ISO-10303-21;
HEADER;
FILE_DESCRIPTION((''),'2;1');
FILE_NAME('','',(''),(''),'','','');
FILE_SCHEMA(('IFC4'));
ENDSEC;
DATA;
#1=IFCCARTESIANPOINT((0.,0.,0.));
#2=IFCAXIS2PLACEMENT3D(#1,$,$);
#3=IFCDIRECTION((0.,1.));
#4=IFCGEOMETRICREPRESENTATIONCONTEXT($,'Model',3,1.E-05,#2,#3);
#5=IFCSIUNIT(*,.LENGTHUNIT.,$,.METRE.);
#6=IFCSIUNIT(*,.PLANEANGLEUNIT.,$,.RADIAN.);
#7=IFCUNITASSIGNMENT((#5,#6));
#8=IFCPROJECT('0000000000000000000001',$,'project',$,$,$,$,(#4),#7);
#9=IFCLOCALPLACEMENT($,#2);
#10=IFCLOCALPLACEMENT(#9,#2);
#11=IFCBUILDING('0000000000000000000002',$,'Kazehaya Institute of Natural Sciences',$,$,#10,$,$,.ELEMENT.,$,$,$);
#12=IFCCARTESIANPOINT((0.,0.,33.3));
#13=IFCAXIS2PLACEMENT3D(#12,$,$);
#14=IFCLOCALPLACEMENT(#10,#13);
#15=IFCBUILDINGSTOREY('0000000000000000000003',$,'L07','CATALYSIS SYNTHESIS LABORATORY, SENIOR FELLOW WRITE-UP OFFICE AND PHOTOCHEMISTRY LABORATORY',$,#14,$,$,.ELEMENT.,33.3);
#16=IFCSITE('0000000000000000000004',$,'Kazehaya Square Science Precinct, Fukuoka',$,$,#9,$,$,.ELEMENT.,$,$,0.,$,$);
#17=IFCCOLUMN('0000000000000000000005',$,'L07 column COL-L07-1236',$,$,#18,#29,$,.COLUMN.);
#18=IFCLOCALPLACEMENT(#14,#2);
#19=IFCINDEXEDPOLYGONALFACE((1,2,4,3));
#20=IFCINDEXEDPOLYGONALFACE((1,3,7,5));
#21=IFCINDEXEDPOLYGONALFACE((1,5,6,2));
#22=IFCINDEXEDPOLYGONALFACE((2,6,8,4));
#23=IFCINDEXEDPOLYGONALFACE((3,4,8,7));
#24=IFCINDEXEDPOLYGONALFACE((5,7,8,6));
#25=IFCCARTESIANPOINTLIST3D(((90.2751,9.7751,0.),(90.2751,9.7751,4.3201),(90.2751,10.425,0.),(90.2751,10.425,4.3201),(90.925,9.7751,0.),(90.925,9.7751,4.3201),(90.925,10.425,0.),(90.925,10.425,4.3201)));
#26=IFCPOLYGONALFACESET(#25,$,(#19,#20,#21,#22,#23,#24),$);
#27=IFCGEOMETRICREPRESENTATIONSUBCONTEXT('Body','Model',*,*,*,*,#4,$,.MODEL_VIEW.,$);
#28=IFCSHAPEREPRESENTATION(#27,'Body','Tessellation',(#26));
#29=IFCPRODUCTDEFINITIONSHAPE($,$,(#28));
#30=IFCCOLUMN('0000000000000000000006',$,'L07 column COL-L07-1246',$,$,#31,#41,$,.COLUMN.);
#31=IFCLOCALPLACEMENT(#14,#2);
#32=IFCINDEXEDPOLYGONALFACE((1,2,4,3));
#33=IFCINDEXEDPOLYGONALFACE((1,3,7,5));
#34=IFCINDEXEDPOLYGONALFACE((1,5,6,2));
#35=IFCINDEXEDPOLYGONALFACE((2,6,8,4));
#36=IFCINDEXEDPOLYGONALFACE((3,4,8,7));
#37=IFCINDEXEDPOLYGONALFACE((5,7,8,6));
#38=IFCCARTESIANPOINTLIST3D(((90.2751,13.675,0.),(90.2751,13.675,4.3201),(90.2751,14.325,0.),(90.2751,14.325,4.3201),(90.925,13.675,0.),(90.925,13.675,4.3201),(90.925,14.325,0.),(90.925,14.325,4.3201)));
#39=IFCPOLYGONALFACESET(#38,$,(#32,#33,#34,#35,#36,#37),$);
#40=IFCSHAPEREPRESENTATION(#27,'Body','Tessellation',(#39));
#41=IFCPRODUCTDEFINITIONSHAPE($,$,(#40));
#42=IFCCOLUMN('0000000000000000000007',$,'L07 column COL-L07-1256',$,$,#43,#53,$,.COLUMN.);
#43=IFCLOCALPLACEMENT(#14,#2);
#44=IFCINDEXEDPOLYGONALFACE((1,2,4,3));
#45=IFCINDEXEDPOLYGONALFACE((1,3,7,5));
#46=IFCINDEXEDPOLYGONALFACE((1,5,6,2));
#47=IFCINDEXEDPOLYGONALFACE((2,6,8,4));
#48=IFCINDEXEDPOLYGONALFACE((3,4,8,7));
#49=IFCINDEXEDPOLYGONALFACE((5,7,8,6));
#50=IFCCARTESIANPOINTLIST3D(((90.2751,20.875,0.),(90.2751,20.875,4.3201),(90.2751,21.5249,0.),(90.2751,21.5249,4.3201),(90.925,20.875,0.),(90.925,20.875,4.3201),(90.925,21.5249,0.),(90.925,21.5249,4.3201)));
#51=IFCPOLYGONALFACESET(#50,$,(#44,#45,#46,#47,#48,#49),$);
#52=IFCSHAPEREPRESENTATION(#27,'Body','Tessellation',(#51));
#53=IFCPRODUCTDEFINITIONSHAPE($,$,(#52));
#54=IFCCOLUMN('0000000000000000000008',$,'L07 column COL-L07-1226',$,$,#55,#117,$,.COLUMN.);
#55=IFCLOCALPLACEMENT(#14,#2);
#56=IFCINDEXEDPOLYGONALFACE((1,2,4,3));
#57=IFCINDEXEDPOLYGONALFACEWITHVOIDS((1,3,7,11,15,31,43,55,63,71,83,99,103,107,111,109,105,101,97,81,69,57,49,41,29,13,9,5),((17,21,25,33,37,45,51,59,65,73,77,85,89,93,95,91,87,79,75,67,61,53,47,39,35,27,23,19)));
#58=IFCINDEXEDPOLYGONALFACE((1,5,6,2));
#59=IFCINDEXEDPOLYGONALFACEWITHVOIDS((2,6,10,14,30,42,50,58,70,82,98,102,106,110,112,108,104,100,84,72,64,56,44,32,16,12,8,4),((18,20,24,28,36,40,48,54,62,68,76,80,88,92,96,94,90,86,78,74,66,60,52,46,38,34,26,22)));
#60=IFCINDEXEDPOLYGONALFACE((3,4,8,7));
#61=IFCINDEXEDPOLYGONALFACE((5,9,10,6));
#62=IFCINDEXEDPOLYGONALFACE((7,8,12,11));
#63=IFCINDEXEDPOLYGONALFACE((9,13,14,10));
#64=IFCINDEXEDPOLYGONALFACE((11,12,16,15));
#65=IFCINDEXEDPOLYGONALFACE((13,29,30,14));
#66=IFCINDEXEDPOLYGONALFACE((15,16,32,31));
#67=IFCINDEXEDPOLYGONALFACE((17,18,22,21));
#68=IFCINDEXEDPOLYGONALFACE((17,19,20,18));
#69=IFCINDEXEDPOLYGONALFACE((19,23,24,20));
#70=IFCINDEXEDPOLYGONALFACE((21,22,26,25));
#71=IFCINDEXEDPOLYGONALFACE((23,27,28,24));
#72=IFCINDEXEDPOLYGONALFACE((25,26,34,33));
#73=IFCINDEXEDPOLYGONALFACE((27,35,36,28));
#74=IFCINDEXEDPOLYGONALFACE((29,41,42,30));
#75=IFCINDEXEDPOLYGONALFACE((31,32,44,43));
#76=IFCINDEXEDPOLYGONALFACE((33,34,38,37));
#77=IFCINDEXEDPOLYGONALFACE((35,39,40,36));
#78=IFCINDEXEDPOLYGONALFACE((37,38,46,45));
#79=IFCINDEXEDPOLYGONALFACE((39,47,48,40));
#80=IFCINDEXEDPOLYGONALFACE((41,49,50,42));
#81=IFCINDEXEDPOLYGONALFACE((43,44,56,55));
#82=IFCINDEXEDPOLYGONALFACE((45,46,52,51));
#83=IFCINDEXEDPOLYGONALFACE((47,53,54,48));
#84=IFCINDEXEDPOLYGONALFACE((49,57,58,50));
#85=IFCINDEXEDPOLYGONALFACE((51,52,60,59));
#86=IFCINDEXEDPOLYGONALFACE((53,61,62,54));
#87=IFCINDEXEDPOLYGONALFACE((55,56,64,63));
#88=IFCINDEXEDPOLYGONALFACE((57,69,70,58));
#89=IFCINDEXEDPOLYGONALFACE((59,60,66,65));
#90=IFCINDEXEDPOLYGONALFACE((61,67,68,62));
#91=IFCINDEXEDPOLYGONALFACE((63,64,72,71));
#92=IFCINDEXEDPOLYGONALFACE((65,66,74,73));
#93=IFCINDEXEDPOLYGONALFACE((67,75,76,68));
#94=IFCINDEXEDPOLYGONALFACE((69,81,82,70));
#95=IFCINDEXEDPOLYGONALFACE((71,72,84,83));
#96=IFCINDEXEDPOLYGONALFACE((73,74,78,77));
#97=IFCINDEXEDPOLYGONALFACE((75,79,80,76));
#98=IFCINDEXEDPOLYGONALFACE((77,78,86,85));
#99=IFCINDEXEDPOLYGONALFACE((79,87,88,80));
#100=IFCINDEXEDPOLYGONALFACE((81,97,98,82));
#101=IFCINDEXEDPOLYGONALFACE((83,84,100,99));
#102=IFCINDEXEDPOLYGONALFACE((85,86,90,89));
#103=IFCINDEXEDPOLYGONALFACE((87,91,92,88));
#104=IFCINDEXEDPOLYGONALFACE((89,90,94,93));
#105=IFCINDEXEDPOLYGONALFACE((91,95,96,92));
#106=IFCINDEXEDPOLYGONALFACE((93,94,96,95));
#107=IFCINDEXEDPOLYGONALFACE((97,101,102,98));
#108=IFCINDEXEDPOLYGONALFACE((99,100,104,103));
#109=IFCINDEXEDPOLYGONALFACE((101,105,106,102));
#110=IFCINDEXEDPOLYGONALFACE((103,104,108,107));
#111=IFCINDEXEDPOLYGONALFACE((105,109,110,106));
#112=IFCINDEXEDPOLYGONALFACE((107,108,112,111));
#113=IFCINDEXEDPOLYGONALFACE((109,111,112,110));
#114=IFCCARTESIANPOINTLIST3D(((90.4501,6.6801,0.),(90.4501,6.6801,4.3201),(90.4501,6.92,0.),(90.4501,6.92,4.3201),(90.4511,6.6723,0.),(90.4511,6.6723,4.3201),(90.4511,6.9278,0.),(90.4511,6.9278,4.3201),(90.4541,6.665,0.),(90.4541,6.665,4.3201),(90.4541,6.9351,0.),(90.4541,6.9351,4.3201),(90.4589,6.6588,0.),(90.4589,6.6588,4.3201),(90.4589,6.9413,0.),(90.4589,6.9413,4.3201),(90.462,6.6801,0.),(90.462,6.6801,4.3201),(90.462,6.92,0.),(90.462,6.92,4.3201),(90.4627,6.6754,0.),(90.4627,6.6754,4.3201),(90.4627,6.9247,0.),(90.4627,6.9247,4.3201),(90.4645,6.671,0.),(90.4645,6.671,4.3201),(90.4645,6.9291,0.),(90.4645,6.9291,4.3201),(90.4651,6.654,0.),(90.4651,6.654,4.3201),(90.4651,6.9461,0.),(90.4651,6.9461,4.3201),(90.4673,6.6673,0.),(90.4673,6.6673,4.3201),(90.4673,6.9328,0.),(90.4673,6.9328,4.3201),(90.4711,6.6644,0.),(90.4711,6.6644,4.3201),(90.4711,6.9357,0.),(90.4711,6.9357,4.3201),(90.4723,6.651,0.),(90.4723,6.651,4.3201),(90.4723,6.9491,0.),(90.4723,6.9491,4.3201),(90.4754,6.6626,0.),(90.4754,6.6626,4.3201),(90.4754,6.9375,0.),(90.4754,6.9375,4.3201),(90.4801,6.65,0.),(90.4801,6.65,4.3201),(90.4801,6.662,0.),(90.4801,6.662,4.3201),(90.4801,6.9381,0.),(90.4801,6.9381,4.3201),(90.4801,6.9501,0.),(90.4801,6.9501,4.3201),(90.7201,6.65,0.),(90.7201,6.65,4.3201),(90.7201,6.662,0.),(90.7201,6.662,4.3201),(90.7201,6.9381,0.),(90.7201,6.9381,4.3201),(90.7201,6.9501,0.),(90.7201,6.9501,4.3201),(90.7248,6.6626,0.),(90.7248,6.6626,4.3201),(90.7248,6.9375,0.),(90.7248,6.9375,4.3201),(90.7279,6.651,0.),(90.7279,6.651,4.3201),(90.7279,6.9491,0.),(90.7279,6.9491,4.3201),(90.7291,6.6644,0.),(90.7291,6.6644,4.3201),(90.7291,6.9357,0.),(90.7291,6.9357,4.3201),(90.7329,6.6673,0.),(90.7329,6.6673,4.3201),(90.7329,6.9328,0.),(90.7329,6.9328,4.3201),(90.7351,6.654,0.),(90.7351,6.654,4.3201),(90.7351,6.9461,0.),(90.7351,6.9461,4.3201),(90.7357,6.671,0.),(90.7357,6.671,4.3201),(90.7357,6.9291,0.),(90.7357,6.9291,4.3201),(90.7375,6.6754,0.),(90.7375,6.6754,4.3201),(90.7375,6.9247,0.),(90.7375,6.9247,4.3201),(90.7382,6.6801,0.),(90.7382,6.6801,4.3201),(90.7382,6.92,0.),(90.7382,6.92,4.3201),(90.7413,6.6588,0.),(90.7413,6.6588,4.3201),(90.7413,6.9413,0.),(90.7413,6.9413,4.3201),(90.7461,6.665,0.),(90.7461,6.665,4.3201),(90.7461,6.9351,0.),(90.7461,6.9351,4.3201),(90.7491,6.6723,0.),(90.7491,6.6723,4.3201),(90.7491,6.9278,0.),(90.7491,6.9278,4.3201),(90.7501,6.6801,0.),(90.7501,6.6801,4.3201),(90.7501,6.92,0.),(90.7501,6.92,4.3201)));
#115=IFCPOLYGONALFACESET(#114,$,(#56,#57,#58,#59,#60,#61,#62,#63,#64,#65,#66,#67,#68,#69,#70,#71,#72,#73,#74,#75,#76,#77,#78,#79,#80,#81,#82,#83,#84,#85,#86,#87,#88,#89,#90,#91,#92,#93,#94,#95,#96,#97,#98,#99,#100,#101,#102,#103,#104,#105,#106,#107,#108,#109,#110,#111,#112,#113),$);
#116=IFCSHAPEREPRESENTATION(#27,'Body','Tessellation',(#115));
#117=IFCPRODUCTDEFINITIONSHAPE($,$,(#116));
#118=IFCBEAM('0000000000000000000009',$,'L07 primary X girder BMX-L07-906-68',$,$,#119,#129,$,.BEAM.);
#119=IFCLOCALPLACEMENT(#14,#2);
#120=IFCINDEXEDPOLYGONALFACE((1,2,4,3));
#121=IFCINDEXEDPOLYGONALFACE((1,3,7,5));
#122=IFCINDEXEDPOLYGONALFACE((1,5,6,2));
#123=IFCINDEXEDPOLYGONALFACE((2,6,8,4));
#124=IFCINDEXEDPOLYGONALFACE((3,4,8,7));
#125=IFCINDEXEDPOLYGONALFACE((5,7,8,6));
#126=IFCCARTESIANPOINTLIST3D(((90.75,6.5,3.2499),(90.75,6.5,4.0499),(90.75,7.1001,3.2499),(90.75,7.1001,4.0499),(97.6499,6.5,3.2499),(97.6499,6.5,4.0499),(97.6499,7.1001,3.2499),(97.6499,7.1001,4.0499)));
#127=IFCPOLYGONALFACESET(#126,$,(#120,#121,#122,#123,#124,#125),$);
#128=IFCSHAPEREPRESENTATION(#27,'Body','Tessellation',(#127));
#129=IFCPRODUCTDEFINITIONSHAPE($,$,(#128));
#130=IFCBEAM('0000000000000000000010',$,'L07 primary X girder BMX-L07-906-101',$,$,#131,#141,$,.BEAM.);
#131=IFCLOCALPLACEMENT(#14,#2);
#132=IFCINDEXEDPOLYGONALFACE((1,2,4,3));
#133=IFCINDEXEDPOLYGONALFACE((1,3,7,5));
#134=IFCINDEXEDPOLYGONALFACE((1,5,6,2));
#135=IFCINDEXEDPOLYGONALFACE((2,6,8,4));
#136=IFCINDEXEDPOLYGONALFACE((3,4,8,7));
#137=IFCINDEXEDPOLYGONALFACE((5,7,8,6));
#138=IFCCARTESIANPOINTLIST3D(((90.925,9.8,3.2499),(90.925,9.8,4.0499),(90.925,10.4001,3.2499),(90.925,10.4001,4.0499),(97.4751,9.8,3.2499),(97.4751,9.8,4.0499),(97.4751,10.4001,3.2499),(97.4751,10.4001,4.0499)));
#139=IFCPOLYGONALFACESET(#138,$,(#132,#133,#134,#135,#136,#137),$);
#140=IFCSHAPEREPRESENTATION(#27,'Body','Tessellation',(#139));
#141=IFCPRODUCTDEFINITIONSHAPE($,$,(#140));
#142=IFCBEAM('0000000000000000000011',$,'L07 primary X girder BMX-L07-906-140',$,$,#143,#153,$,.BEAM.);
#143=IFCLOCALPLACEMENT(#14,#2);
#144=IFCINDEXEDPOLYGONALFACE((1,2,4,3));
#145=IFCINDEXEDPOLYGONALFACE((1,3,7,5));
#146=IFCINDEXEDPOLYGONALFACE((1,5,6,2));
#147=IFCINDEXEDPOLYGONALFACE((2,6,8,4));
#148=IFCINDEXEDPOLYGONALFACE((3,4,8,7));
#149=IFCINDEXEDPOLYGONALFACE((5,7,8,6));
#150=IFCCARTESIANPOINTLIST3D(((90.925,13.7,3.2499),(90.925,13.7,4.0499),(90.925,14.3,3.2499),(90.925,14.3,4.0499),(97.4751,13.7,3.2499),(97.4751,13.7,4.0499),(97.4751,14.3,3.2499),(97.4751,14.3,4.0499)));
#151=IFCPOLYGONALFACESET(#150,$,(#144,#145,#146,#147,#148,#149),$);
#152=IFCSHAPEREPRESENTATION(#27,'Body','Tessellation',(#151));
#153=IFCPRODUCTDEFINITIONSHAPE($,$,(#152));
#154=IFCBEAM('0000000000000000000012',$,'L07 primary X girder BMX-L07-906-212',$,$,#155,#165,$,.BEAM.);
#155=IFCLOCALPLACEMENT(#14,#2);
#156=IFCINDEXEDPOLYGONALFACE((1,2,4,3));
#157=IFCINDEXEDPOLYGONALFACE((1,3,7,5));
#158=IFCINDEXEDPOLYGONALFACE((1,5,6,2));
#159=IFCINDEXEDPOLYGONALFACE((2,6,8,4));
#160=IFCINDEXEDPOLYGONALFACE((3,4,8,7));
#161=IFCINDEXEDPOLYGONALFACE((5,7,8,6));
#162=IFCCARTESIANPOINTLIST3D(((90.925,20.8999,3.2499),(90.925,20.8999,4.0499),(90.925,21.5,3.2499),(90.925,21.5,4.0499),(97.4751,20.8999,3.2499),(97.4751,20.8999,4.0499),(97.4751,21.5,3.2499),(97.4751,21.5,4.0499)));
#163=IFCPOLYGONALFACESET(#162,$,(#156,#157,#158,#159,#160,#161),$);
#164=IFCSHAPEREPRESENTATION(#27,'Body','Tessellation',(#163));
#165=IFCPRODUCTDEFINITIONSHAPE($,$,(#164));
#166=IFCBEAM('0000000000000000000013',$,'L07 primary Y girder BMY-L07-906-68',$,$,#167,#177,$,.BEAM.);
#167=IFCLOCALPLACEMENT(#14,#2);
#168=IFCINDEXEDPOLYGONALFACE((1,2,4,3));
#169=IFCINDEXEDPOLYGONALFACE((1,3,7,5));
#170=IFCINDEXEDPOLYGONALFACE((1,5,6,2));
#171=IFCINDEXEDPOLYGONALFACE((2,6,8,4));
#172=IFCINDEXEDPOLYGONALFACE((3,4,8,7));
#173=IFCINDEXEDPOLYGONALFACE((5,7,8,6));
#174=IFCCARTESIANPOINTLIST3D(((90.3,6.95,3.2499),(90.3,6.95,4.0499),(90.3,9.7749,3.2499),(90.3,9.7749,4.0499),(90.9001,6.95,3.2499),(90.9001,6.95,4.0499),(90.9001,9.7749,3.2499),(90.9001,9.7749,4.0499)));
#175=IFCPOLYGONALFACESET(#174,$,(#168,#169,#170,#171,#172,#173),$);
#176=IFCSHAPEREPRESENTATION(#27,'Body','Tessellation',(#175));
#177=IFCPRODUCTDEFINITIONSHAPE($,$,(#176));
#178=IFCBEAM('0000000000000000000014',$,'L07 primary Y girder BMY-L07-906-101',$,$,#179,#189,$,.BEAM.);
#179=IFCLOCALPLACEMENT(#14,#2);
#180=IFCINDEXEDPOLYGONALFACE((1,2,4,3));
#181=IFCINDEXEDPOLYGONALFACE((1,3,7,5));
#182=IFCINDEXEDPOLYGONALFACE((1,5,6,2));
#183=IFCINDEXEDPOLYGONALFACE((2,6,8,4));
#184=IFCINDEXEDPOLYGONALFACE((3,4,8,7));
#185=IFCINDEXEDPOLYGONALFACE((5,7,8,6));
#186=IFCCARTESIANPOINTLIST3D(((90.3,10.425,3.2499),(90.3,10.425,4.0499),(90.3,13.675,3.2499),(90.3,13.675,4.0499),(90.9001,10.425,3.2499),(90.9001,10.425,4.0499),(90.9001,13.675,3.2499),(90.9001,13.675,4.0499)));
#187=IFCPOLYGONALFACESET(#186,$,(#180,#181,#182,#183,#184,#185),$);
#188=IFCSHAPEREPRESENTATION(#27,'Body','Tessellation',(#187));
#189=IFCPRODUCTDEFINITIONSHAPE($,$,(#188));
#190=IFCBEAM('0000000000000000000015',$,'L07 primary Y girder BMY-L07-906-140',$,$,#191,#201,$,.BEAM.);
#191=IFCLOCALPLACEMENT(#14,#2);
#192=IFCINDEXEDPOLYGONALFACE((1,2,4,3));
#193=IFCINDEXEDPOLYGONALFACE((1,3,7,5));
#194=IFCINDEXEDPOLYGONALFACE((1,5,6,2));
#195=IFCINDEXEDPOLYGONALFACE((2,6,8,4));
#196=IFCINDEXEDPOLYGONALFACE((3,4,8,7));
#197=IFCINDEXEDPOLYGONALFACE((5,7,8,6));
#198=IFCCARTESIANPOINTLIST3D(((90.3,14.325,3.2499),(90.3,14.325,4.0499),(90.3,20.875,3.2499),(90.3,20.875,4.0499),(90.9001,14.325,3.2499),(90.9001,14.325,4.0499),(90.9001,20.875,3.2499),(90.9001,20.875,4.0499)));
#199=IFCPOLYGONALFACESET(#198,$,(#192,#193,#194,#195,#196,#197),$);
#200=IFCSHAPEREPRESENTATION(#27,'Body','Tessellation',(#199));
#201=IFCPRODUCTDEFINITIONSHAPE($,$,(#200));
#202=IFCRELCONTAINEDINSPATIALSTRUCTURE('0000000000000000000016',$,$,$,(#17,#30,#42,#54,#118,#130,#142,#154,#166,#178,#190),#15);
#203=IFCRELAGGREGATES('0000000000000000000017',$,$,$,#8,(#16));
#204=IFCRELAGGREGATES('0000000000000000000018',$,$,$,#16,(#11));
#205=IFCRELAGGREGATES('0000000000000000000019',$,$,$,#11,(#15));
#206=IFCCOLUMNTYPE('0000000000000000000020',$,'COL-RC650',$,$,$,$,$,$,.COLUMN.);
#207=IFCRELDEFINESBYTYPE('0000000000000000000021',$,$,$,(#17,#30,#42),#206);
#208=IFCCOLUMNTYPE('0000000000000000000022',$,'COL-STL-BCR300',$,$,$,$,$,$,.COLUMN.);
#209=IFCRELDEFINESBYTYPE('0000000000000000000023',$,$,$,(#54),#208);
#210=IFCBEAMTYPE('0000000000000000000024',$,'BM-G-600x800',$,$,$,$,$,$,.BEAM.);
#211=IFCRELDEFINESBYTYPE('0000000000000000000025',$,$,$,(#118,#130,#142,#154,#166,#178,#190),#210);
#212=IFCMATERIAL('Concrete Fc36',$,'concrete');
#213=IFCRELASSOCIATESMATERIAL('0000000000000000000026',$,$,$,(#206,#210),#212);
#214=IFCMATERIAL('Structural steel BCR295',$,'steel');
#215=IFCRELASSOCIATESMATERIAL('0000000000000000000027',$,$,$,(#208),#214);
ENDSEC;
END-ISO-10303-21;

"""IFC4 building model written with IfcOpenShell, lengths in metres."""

from ifc_helpers import new_model, si_unit, direction, frame, origin, origin_2d, place, context, subcontext, project, spatial, rectangle, hollow_rectangle, extrude, material, material_profile, profile_set, type_object, element, save


model = new_model("IFC4")

# Units and contexts
model_context = context("Model", 3, precision=1e-05, world=origin(), true_north=direction((0.0, 1.0)))
body_context = subcontext(model_context, "Body", "Model", "MODEL_VIEW")
ifc_project = project(units=[si_unit("LENGTHUNIT", "METRE"), si_unit("PLANEANGLEUNIT", "RADIAN")], contexts=[model_context])

# Site, building, storey
site_placement = place(None, origin())
site = spatial("IfcSite", under=ifc_project, at=site_placement, Name="Kazehaya Square Science Precinct, Fukuoka", CompositionType="ELEMENT", RefElevation=0.0)
building_placement = place(site_placement, origin())
building = spatial("IfcBuilding", under=site, at=building_placement, Name="Kazehaya Institute of Natural Sciences", CompositionType="ELEMENT")
storey_placement = place(building_placement, frame((0.0, 0.0, 33.3)))
storey = spatial("IfcBuildingStorey", under=building, at=storey_placement, Name="L07", Description="CATALYSIS SYNTHESIS LABORATORY, SENIOR FELLOW WRITE-UP OFFICE AND PHOTOCHEMISTRY LABORATORY", CompositionType="ELEMENT", Elevation=33.3)

# Columns
ifc_material_1 = material(Name="Concrete Fc36", Category="concrete")
ifc_material_profile_1 = material_profile(ifc_material_1, rectangle(XDim=0.6499, YDim=0.6499, at=origin_2d()), Name="RC-650x650")
ifc_profile_set_1 = profile_set([ifc_material_profile_1], Name="Concrete Fc36")
column_type_1 = type_object("IfcColumnType", Name="COL-RC650", PredefinedType="COLUMN", material=ifc_profile_set_1)
for number, where, z_axis, x_axis, name in (
    (1, (90.6001, 10.1001, 0.0), (0.0, 0.0, 1.0), (1.0, 0.0, 0.0), "L07 column COL-L07-1236"),
    (2, (90.6001, 14.0, 0.0), (0.0, 0.0, 1.0), (1.0, 0.0, 0.0), "L07 column COL-L07-1246"),
    (3, (90.6001, 21.2, 0.0), (0.0, 0.0, 1.0), (1.0, 0.0, 0.0), "L07 column COL-L07-1256"),
):
    element("IfcColumn", number, at=place(storey_placement, frame(where, z_axis=z_axis, x_axis=x_axis)), inside=storey, type_object=column_type_1, Name=name, PredefinedType="COLUMN", context=body_context, shape_type="SweptSolid", body=[
        extrude(rectangle(XDim=0.6499, YDim=0.6499, at=origin_2d()), origin(), (0.0, 0.0, 1.0), 4.3201),
    ])
ifc_material_2 = material(Name="Structural steel BCR295", Category="steel")
ifc_material_profile_2 = material_profile(ifc_material_2, hollow_rectangle(XDim=0.3, YDim=0.3, WallThickness=0.012, InnerFilletRadius=0.0181, OuterFilletRadius=0.03, at=origin_2d()), Name="BCR-300x300x12")
ifc_profile_set_2 = profile_set([ifc_material_profile_2], Name="Structural steel BCR295")
column_type_2 = type_object("IfcColumnType", Name="COL-STL-BCR300", PredefinedType="COLUMN", material=ifc_profile_set_2)
column_placement = place(storey_placement, frame((90.6001, 6.8, 0.0), z_axis=(0.0, 0.0, 1.0), x_axis=(1.0, 0.0, 0.0)))
element("IfcColumn", 4, at=column_placement, inside=storey, type_object=column_type_2, Name="L07 column COL-L07-1226", PredefinedType="COLUMN", context=body_context, shape_type="SweptSolid", body=[
    extrude(hollow_rectangle(XDim=0.3, YDim=0.3, WallThickness=0.012, InnerFilletRadius=0.0181, OuterFilletRadius=0.03, at=origin_2d()), origin(), (0.0, 0.0, 1.0), 4.3201),
])

# Beams
ifc_material_profile_3 = material_profile(ifc_material_1, rectangle(XDim=0.6001, YDim=0.8, at=origin_2d()), Name="RC-600x800")
ifc_profile_set_3 = profile_set([ifc_material_profile_3], Name="Concrete Fc36")
beam_type = type_object("IfcBeamType", Name="BM-G-600x800", PredefinedType="BEAM", material=ifc_profile_set_3)
beam_1_placement = place(storey_placement, frame((90.75, 6.8, 3.6499), z_axis=(1.0, 0.0, 0.0), x_axis=(0.0, 1.0, 0.0)))
element("IfcBeam", 5, at=beam_1_placement, inside=storey, type_object=beam_type, Name="L07 primary X girder BMX-L07-906-68", PredefinedType="BEAM", context=body_context, shape_type="SweptSolid", body=[
    extrude(rectangle(XDim=0.6001, YDim=0.8, at=origin_2d()), origin(), (0.0, 0.0, 1.0), 6.8999),
])
for number, where, z_axis, x_axis, name in (
    (6, (90.925, 10.1001, 3.6499), (1.0, 0.0, 0.0), (0.0, 1.0, 0.0), "L07 primary X girder BMX-L07-906-101"),
    (7, (90.925, 14.0, 3.6499), (1.0, 0.0, 0.0), (0.0, 1.0, 0.0), "L07 primary X girder BMX-L07-906-140"),
    (8, (90.925, 21.2, 3.6499), (1.0, 0.0, 0.0), (0.0, 1.0, 0.0), "L07 primary X girder BMX-L07-906-212"),
):
    element("IfcBeam", number, at=place(storey_placement, frame(where, z_axis=z_axis, x_axis=x_axis)), inside=storey, type_object=beam_type, Name=name, PredefinedType="BEAM", context=body_context, shape_type="SweptSolid", body=[
        extrude(rectangle(XDim=0.6001, YDim=0.8, at=origin_2d()), origin(), (0.0, 0.0, 1.0), 6.55),
    ])
beam_2_placement = place(storey_placement, frame((90.6001, 6.95, 3.6499), z_axis=(0.0, 1.0, 0.0), x_axis=(-1.0, 0.0, 0.0)))
element("IfcBeam", 9, at=beam_2_placement, inside=storey, type_object=beam_type, Name="L07 primary Y girder BMY-L07-906-68", PredefinedType="BEAM", context=body_context, shape_type="SweptSolid", body=[
    extrude(rectangle(XDim=0.6001, YDim=0.8, at=origin_2d()), origin(), (0.0, 0.0, 1.0), 2.825),
])
beam_3_placement = place(storey_placement, frame((90.6001, 10.425, 3.6499), z_axis=(0.0, 1.0, 0.0), x_axis=(-1.0, 0.0, 0.0)))
element("IfcBeam", 10, at=beam_3_placement, inside=storey, type_object=beam_type, Name="L07 primary Y girder BMY-L07-906-101", PredefinedType="BEAM", context=body_context, shape_type="SweptSolid", body=[
    extrude(rectangle(XDim=0.6001, YDim=0.8, at=origin_2d()), origin(), (0.0, 0.0, 1.0), 3.25),
])
for number, where, z_axis, x_axis, name in (
    (11, (90.6001, 14.325, 3.6499), (0.0, 1.0, 0.0), (-1.0, 0.0, 0.0), "L07 primary Y girder BMY-L07-906-140"),
):
    element("IfcBeam", number, at=place(storey_placement, frame(where, z_axis=z_axis, x_axis=x_axis)), inside=storey, type_object=beam_type, Name=name, PredefinedType="BEAM", context=body_context, shape_type="SweptSolid", body=[
        extrude(rectangle(XDim=0.6001, YDim=0.8, at=origin_2d()), origin(), (0.0, 0.0, 1.0), 6.55),
    ])

save(model, "model.ifc")
